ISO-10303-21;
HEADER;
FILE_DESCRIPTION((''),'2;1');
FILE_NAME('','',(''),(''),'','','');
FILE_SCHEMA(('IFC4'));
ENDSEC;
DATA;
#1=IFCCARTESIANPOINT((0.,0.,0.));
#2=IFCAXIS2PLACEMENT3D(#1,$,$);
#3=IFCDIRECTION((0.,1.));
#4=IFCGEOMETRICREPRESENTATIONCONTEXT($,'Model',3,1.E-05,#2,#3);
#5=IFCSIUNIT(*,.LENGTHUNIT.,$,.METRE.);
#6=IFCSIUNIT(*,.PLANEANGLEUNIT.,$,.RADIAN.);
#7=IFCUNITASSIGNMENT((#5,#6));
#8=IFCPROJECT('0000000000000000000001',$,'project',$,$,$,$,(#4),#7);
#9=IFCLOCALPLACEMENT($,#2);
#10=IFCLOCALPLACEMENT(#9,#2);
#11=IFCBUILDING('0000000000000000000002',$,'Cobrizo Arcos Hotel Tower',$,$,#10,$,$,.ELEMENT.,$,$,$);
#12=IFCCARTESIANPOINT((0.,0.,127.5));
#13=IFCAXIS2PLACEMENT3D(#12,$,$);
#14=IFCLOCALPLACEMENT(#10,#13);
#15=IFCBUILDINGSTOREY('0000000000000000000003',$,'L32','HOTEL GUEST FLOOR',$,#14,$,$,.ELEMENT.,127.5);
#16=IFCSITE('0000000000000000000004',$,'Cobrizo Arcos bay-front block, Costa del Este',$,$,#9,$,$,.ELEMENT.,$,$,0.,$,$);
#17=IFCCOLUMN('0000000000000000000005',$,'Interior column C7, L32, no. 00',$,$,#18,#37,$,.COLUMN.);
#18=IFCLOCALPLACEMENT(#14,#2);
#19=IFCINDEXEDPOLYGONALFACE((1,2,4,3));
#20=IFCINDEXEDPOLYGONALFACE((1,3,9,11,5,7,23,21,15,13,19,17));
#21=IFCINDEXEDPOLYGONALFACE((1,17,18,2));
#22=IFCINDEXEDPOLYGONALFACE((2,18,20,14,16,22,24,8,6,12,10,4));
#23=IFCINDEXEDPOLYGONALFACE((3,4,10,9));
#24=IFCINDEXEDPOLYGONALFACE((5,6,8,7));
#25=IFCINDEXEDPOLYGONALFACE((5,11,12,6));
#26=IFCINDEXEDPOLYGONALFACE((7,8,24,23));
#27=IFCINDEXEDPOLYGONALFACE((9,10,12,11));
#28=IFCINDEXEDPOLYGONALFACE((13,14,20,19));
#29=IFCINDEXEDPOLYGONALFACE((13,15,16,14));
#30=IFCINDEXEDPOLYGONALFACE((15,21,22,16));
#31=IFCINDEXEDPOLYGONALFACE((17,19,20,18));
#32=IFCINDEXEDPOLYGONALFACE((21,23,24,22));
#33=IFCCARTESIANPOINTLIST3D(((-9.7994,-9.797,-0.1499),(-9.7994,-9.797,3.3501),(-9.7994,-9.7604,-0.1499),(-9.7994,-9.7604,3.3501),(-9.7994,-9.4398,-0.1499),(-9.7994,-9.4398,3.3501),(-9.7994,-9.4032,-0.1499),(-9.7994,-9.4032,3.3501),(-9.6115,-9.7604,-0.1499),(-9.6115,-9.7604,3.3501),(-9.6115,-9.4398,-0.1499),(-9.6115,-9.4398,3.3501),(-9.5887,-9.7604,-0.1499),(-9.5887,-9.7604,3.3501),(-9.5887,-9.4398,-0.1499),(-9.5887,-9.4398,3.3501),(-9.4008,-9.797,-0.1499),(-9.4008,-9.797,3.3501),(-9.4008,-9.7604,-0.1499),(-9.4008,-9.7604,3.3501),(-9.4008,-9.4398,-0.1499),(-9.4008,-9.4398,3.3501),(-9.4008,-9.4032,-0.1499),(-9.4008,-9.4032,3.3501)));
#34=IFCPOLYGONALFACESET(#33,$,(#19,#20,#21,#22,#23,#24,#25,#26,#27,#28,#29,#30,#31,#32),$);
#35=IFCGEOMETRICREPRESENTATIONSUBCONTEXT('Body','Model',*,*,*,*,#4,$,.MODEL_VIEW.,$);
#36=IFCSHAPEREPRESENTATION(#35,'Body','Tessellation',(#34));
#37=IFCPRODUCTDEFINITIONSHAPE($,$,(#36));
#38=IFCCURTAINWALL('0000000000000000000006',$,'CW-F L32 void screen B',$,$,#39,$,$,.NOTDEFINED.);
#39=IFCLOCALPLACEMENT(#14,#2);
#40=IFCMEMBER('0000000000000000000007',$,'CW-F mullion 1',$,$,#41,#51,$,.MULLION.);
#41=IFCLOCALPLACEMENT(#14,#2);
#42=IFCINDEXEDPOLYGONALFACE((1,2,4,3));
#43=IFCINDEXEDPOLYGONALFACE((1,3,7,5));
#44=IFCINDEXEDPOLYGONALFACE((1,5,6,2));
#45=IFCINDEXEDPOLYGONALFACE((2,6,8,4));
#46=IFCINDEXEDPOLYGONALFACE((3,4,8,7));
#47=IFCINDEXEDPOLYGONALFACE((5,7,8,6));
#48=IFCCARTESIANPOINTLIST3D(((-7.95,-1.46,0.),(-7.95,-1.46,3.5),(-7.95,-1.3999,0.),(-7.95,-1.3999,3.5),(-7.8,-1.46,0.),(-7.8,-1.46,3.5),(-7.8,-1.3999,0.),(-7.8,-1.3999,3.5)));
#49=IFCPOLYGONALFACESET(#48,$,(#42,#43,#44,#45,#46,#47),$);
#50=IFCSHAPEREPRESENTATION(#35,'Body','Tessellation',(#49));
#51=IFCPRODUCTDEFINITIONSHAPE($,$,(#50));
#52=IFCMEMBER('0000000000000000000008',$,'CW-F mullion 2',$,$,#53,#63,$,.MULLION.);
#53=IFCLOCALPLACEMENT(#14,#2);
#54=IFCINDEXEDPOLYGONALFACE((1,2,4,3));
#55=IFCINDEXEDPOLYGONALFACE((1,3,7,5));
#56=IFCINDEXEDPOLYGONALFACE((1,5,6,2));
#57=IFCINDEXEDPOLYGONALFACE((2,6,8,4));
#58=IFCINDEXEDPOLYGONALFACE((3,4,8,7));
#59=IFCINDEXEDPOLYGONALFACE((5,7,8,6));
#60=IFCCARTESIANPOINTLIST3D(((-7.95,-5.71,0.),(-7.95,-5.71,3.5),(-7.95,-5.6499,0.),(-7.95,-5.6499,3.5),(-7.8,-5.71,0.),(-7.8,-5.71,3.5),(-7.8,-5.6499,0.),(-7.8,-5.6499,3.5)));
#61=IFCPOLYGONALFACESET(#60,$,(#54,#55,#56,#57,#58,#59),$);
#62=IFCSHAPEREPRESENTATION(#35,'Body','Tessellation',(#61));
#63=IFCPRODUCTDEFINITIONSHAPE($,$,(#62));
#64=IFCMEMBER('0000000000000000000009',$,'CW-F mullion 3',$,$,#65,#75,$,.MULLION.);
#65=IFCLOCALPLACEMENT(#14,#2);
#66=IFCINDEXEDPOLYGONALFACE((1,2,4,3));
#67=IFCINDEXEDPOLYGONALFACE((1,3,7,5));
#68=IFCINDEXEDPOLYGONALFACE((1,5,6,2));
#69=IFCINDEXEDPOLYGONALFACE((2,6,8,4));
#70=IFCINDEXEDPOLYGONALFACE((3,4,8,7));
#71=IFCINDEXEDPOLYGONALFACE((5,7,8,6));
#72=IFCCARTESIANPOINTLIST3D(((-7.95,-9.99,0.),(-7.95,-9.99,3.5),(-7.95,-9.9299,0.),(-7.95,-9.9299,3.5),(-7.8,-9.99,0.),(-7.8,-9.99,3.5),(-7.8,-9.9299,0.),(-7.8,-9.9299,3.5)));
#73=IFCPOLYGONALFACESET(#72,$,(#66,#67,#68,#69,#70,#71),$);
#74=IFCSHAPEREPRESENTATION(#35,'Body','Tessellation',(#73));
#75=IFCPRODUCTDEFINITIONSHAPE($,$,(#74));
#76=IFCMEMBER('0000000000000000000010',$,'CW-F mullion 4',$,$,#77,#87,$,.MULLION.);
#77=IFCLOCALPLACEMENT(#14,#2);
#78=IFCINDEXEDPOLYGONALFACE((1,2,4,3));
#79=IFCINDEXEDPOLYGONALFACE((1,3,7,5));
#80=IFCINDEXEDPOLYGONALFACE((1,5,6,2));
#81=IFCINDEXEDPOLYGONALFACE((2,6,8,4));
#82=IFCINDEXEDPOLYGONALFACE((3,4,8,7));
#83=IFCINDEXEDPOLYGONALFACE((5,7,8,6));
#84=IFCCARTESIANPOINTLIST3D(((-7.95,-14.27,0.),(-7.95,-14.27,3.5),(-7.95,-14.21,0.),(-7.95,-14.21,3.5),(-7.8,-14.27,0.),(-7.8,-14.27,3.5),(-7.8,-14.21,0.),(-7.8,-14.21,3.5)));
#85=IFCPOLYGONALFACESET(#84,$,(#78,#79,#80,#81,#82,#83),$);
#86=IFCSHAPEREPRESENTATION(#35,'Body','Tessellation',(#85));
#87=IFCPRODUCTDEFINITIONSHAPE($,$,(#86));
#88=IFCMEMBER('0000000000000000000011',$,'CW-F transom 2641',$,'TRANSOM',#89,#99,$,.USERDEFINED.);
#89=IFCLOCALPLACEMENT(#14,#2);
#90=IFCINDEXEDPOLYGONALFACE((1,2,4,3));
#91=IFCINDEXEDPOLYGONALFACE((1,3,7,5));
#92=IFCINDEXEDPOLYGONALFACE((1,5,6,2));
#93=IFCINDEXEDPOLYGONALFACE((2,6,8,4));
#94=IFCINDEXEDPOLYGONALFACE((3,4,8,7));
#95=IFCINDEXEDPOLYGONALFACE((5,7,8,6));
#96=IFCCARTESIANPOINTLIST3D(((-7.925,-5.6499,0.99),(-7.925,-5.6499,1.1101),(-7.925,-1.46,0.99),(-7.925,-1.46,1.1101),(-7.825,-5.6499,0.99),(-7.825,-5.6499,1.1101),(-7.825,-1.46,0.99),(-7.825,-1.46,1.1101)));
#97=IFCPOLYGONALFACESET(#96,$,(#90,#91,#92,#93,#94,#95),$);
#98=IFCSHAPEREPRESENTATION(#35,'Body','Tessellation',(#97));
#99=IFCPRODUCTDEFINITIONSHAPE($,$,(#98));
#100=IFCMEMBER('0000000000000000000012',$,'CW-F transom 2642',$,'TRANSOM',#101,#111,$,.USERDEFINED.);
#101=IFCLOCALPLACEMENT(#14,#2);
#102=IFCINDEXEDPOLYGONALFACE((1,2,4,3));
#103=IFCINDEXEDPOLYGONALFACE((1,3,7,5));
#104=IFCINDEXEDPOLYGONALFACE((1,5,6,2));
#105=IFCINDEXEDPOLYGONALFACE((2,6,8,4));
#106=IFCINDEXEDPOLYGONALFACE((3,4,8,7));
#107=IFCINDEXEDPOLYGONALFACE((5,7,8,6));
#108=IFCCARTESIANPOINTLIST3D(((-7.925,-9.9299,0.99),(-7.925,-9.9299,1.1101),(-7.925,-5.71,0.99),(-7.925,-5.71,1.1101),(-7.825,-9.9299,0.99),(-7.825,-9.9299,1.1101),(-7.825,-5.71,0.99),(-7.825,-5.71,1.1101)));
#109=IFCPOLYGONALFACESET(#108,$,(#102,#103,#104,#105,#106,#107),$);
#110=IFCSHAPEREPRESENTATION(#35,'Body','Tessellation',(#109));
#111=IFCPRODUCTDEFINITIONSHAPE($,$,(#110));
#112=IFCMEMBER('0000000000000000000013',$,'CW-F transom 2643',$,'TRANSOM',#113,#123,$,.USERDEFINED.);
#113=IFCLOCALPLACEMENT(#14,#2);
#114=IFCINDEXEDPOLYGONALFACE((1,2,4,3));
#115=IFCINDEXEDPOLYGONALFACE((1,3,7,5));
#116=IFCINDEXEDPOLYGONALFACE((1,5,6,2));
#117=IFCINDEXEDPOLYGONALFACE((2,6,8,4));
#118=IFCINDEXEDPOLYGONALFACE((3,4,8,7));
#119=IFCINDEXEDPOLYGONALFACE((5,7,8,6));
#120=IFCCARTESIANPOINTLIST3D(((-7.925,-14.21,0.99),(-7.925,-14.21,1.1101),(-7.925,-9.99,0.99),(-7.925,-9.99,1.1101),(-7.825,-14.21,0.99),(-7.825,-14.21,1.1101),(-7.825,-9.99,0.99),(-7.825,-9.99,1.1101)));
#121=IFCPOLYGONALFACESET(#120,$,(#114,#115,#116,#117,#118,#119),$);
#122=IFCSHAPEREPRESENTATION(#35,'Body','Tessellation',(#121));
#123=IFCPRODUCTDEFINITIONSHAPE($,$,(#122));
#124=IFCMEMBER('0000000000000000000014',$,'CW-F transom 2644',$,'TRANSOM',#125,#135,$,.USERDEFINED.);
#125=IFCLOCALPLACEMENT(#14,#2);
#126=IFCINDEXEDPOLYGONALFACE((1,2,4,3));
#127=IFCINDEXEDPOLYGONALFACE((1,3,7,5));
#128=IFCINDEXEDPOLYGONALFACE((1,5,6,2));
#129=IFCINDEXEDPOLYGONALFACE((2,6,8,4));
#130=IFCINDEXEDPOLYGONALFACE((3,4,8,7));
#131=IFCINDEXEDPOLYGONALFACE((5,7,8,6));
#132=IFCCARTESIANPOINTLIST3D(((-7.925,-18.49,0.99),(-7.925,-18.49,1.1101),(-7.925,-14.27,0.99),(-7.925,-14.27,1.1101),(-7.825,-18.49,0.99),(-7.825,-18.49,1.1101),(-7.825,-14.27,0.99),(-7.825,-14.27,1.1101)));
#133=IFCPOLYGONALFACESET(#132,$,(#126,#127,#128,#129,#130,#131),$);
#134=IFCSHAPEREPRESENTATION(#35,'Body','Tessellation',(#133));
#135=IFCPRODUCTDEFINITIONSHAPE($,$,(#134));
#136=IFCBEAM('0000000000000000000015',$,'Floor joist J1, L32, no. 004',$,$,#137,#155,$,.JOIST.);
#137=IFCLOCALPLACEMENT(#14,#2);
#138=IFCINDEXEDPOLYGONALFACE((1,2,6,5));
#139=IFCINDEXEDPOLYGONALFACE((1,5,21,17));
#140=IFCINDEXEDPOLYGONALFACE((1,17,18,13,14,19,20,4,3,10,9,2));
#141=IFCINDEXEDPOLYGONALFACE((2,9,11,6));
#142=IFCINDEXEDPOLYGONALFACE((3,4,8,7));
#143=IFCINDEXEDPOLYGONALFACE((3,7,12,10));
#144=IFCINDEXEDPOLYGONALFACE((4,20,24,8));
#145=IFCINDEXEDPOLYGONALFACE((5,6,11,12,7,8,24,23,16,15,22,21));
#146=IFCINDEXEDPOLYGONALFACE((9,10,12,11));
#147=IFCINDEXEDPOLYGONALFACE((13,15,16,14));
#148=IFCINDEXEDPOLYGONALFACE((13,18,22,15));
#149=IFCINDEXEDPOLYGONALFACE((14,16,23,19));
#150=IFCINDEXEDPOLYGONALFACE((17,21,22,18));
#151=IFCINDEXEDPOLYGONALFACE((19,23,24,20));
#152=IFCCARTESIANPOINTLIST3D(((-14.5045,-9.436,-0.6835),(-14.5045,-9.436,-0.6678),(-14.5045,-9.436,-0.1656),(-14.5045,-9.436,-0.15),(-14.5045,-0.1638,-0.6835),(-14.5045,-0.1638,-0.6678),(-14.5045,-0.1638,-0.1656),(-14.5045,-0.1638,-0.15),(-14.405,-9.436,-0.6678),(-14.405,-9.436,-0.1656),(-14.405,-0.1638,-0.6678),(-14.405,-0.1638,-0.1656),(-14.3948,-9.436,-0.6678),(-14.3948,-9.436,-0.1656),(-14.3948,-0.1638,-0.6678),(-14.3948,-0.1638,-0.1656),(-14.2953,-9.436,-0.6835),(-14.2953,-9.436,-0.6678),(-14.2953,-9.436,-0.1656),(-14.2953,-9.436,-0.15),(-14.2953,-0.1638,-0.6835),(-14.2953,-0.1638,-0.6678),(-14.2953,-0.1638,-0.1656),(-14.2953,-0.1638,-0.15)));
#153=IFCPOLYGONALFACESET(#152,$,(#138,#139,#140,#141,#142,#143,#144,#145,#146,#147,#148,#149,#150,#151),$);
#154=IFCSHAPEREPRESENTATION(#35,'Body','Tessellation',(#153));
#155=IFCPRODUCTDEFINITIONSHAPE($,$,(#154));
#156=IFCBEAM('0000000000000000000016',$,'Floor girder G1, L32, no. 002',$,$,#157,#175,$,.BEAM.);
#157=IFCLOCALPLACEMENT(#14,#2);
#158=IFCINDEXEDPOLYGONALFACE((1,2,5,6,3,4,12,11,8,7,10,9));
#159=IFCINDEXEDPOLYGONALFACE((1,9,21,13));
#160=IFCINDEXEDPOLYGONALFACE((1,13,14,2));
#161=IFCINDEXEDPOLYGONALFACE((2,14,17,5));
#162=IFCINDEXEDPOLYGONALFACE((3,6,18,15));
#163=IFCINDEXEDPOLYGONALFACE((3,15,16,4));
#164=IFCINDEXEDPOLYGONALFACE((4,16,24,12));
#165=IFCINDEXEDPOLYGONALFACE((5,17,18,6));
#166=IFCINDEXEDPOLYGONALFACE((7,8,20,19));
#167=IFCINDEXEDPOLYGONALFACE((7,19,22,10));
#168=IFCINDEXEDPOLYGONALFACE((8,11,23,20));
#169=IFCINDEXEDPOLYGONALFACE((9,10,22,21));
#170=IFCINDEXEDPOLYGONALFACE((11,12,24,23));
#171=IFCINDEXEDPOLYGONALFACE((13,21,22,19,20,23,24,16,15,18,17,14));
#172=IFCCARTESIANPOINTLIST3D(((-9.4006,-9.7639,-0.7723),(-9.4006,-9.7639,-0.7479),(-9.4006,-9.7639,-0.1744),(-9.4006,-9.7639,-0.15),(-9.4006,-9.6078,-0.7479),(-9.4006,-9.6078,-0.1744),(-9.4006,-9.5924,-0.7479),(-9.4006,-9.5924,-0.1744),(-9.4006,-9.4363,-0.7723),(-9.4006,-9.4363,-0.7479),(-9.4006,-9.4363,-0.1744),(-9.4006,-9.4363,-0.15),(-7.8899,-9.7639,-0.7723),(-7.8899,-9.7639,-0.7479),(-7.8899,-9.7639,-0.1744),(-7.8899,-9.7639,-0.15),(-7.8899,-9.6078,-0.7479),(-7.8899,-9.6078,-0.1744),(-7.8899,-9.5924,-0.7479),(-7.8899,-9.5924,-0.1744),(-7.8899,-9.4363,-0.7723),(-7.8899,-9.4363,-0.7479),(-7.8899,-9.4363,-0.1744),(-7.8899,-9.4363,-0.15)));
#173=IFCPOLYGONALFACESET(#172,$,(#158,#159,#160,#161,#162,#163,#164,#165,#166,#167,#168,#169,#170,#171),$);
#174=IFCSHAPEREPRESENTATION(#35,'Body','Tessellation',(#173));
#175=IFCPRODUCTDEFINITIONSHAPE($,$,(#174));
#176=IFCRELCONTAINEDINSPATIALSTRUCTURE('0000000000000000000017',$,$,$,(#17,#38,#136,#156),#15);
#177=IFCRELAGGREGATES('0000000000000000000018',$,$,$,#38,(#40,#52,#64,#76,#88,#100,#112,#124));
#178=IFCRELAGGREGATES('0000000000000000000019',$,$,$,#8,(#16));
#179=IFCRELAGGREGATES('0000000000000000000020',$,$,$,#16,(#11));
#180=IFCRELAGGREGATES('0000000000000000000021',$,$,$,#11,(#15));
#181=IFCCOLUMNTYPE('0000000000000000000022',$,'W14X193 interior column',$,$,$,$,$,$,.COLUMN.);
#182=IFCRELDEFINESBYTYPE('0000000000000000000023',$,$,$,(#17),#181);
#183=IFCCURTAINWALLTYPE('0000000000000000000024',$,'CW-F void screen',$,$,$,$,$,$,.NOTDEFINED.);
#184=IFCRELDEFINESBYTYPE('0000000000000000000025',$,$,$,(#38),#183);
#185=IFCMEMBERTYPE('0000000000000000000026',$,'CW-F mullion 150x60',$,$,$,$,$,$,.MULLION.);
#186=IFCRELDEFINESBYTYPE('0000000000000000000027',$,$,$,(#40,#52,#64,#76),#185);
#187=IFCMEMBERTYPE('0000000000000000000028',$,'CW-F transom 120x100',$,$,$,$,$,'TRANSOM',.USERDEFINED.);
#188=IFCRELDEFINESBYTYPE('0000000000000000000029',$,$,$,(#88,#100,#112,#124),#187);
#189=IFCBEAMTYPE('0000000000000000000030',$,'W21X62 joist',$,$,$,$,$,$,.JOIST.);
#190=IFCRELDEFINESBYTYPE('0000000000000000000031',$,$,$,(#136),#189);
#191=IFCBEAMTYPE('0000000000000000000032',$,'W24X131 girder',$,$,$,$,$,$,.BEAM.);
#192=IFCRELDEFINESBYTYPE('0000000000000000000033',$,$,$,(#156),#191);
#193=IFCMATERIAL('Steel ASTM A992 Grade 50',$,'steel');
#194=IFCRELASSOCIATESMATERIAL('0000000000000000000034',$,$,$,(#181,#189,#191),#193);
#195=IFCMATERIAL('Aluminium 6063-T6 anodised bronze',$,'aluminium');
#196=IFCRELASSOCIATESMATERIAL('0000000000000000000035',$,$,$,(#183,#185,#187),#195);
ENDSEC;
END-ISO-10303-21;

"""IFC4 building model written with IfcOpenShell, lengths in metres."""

from ifc_helpers import new_model, si_unit, direction, frame, origin, origin_2d, place, context, subcontext, project, spatial, rectangle, i_section, extrude, material, material_profile, profile_set, type_object, element, aggregate, save


model = new_model("IFC4")

# Units and contexts
model_context = context("Model", 3, precision=1e-05, world=origin(), true_north=direction((0.0, 1.0)))
body_context = subcontext(model_context, "Body", "Model", "MODEL_VIEW")
ifc_project = project(units=[si_unit("LENGTHUNIT", "METRE"), si_unit("PLANEANGLEUNIT", "RADIAN")], contexts=[model_context])

# Site, building, storey
site_placement = place(None, origin())
site = spatial("IfcSite", under=ifc_project, at=site_placement, Name="Cobrizo Arcos bay-front block, Costa del Este", CompositionType="ELEMENT", RefElevation=0.0)
building_placement = place(site_placement, origin())
building = spatial("IfcBuilding", under=site, at=building_placement, Name="Cobrizo Arcos Hotel Tower", CompositionType="ELEMENT")
storey_placement = place(building_placement, frame((0.0, 0.0, 127.5)))
storey = spatial("IfcBuildingStorey", under=building, at=storey_placement, Name="L32", Description="HOTEL GUEST FLOOR", CompositionType="ELEMENT", Elevation=127.5)

# Column
ifc_material_1 = material(Name="Steel ASTM A992 Grade 50", Category="steel")
ifc_material_profile_1 = material_profile(ifc_material_1, i_section(OverallWidth=0.3987, OverallDepth=0.3938, WebThickness=0.0227, FlangeThickness=0.0366, at=origin_2d()), Name="W14X193")
ifc_profile_set_1 = profile_set([ifc_material_profile_1], Name="Steel ASTM A992 Grade 50")
column_type = type_object("IfcColumnType", Name="W14X193 interior column", PredefinedType="COLUMN", material=ifc_profile_set_1)
column_placement = place(storey_placement, frame((-9.6001, -9.6001, -0.1499), z_axis=(0.0, 0.0, 1.0), x_axis=(1.0, 0.0, 0.0)))
element("IfcColumn", 1, at=column_placement, inside=storey, type_object=column_type, Name="Interior column C7, L32, no. 00", PredefinedType="COLUMN", context=body_context, shape_type="SweptSolid", body=[
    extrude(i_section(OverallWidth=0.3987, OverallDepth=0.3938, WebThickness=0.0227, FlangeThickness=0.0366, at=origin_2d()), origin(), (0.0, 0.0, 1.0), 3.5),
])

# Curtain wall, members
ifc_material_2 = material(Name="Aluminium 6063-T6 anodised bronze", Category="aluminium")
curtain_wall_type = type_object("IfcCurtainWallType", Name="CW-F void screen", PredefinedType="NOTDEFINED", material=ifc_material_2)
curtain_wall_placement = place(storey_placement, origin())
curtain_wall = element("IfcCurtainWall", 2, at=curtain_wall_placement, inside=storey, type_object=curtain_wall_type, Name="CW-F L32 void screen B", PredefinedType="NOTDEFINED")
ifc_material_profile_2 = material_profile(ifc_material_2, rectangle(XDim=0.1499, YDim=0.0601, at=origin_2d()), Name="CW-F mullion 150x60")
ifc_profile_set_2 = profile_set([ifc_material_profile_2], Name="Aluminium 6063-T6 anodised bronze")
member_type_1 = type_object("IfcMemberType", Name="CW-F mullion 150x60", PredefinedType="MULLION", material=ifc_profile_set_2)
member_1_placement = place(storey_placement, frame((-7.875, -1.4299, 0.0), z_axis=(0.0, 0.0, 1.0), x_axis=(-1.0, 0.0, 0.0)))
member_1 = element("IfcMember", 3, at=member_1_placement, type_object=member_type_1, Name="CW-F mullion 1", PredefinedType="MULLION", context=body_context, shape_type="SweptSolid", body=[
    extrude(rectangle(XDim=0.1499, YDim=0.0601, at=origin_2d()), origin(), (0.0, 0.0, 1.0), 3.5),
])
member_2_placement = place(storey_placement, frame((-7.875, -5.6799, 0.0), z_axis=(0.0, 0.0, 1.0), x_axis=(-1.0, 0.0, 0.0)))
member_2 = element("IfcMember", 4, at=member_2_placement, type_object=member_type_1, Name="CW-F mullion 2", PredefinedType="MULLION", context=body_context, shape_type="SweptSolid", body=[
    extrude(rectangle(XDim=0.1499, YDim=0.0601, at=origin_2d()), origin(), (0.0, 0.0, 1.0), 3.5),
])
member_3_placement = place(storey_placement, frame((-7.875, -9.96, 0.0), z_axis=(0.0, 0.0, 1.0), x_axis=(-1.0, 0.0, 0.0)))
member_3 = element("IfcMember", 5, at=member_3_placement, type_object=member_type_1, Name="CW-F mullion 3", PredefinedType="MULLION", context=body_context, shape_type="SweptSolid", body=[
    extrude(rectangle(XDim=0.1499, YDim=0.0601, at=origin_2d()), origin(), (0.0, 0.0, 1.0), 3.5),
])
member_4_placement = place(storey_placement, frame((-7.875, -14.24, 0.0), z_axis=(0.0, 0.0, 1.0), x_axis=(-1.0, 0.0, 0.0)))
member_4 = element("IfcMember", 6, at=member_4_placement, type_object=member_type_1, Name="CW-F mullion 4", PredefinedType="MULLION", context=body_context, shape_type="SweptSolid", body=[
    extrude(rectangle(XDim=0.1499, YDim=0.0601, at=origin_2d()), origin(), (0.0, 0.0, 1.0), 3.5),
])
ifc_material_profile_3 = material_profile(ifc_material_2, rectangle(XDim=0.1001, YDim=0.1201, at=origin_2d()), Name="CW-F transom 120x100")
ifc_profile_set_3 = profile_set([ifc_material_profile_3], Name="Aluminium 6063-T6 anodised bronze")
member_type_2 = type_object("IfcMemberType", Name="CW-F transom 120x100", ElementType="TRANSOM", PredefinedType="USERDEFINED", material=ifc_profile_set_3)
member_5_placement = place(storey_placement, frame((-7.875, -1.46, 1.05), z_axis=(0.0, -1.0, 0.0), x_axis=(1.0, 0.0, 0.0)))
member_5 = element("IfcMember", 7, at=member_5_placement, type_object=member_type_2, Name="CW-F transom 2641", ObjectType="TRANSOM", PredefinedType="USERDEFINED", context=body_context, shape_type="SweptSolid", body=[
    extrude(rectangle(XDim=0.1001, YDim=0.1201, at=origin_2d()), origin(), (0.0, 0.0, 1.0), 4.1899),
])
member_6_placement = place(storey_placement, frame((-7.875, -5.71, 1.05), z_axis=(0.0, -1.0, 0.0), x_axis=(1.0, 0.0, 0.0)))
member_6 = element("IfcMember", 8, at=member_6_placement, type_object=member_type_2, Name="CW-F transom 2642", ObjectType="TRANSOM", PredefinedType="USERDEFINED", context=body_context, shape_type="SweptSolid", body=[
    extrude(rectangle(XDim=0.1001, YDim=0.1201, at=origin_2d()), origin(), (0.0, 0.0, 1.0), 4.22),
])
member_7_placement = place(storey_placement, frame((-7.875, -9.99, 1.05), z_axis=(0.0, -1.0, 0.0), x_axis=(1.0, 0.0, 0.0)))
member_7 = element("IfcMember", 9, at=member_7_placement, type_object=member_type_2, Name="CW-F transom 2643", ObjectType="TRANSOM", PredefinedType="USERDEFINED", context=body_context, shape_type="SweptSolid", body=[
    extrude(rectangle(XDim=0.1001, YDim=0.1201, at=origin_2d()), origin(), (0.0, 0.0, 1.0), 4.22),
])
member_8_placement = place(storey_placement, frame((-7.875, -14.27, 1.05), z_axis=(0.0, -1.0, 0.0), x_axis=(1.0, 0.0, 0.0)))
member_8 = element("IfcMember", 10, at=member_8_placement, type_object=member_type_2, Name="CW-F transom 2644", ObjectType="TRANSOM", PredefinedType="USERDEFINED", context=body_context, shape_type="SweptSolid", body=[
    extrude(rectangle(XDim=0.1001, YDim=0.1201, at=origin_2d()), origin(), (0.0, 0.0, 1.0), 4.22),
])

# Beams
ifc_material_profile_4 = material_profile(ifc_material_1, i_section(OverallWidth=0.2092, OverallDepth=0.5334, WebThickness=0.0103, FlangeThickness=0.0156, at=origin_2d()), Name="W21X62")
ifc_profile_set_4 = profile_set([ifc_material_profile_4], Name="Steel ASTM A992 Grade 50")
beam_type_1 = type_object("IfcBeamType", Name="W21X62 joist", PredefinedType="JOIST", material=ifc_profile_set_4)
beam_1_placement = place(storey_placement, frame((-14.3999, -9.436, -0.4167), z_axis=(0.0, 1.0, 0.0), x_axis=(-1.0, 0.0, 0.0)))
element("IfcBeam", 11, at=beam_1_placement, inside=storey, type_object=beam_type_1, Name="Floor joist J1, L32, no. 004", PredefinedType="JOIST", context=body_context, shape_type="SweptSolid", body=[
    extrude(i_section(OverallWidth=0.2092, OverallDepth=0.5334, WebThickness=0.0103, FlangeThickness=0.0156, at=origin_2d()), origin(), (0.0, 0.0, 1.0), 9.2722),
])
ifc_material_profile_5 = material_profile(ifc_material_1, i_section(OverallWidth=0.3276, OverallDepth=0.6223, WebThickness=0.0154, FlangeThickness=0.0244, at=origin_2d()), Name="W24X131")
ifc_profile_set_5 = profile_set([ifc_material_profile_5], Name="Steel ASTM A992 Grade 50")
beam_type_2 = type_object("IfcBeamType", Name="W24X131 girder", PredefinedType="BEAM", material=ifc_profile_set_5)
beam_2_placement = place(storey_placement, frame((-9.4006, -9.6001, -0.4612), z_axis=(1.0, 0.0, 0.0), x_axis=(0.0, 1.0, 0.0)))
element("IfcBeam", 12, at=beam_2_placement, inside=storey, type_object=beam_type_2, Name="Floor girder G1, L32, no. 002", PredefinedType="BEAM", context=body_context, shape_type="SweptSolid", body=[
    extrude(i_section(OverallWidth=0.3276, OverallDepth=0.6223, WebThickness=0.0154, FlangeThickness=0.0244, at=origin_2d()), origin(), (0.0, 0.0, 1.0), 1.5107),
])

aggregate(curtain_wall, [member_1, member_2, member_3, member_4, member_5, member_6, member_7, member_8])

save(model, "model.ifc")
